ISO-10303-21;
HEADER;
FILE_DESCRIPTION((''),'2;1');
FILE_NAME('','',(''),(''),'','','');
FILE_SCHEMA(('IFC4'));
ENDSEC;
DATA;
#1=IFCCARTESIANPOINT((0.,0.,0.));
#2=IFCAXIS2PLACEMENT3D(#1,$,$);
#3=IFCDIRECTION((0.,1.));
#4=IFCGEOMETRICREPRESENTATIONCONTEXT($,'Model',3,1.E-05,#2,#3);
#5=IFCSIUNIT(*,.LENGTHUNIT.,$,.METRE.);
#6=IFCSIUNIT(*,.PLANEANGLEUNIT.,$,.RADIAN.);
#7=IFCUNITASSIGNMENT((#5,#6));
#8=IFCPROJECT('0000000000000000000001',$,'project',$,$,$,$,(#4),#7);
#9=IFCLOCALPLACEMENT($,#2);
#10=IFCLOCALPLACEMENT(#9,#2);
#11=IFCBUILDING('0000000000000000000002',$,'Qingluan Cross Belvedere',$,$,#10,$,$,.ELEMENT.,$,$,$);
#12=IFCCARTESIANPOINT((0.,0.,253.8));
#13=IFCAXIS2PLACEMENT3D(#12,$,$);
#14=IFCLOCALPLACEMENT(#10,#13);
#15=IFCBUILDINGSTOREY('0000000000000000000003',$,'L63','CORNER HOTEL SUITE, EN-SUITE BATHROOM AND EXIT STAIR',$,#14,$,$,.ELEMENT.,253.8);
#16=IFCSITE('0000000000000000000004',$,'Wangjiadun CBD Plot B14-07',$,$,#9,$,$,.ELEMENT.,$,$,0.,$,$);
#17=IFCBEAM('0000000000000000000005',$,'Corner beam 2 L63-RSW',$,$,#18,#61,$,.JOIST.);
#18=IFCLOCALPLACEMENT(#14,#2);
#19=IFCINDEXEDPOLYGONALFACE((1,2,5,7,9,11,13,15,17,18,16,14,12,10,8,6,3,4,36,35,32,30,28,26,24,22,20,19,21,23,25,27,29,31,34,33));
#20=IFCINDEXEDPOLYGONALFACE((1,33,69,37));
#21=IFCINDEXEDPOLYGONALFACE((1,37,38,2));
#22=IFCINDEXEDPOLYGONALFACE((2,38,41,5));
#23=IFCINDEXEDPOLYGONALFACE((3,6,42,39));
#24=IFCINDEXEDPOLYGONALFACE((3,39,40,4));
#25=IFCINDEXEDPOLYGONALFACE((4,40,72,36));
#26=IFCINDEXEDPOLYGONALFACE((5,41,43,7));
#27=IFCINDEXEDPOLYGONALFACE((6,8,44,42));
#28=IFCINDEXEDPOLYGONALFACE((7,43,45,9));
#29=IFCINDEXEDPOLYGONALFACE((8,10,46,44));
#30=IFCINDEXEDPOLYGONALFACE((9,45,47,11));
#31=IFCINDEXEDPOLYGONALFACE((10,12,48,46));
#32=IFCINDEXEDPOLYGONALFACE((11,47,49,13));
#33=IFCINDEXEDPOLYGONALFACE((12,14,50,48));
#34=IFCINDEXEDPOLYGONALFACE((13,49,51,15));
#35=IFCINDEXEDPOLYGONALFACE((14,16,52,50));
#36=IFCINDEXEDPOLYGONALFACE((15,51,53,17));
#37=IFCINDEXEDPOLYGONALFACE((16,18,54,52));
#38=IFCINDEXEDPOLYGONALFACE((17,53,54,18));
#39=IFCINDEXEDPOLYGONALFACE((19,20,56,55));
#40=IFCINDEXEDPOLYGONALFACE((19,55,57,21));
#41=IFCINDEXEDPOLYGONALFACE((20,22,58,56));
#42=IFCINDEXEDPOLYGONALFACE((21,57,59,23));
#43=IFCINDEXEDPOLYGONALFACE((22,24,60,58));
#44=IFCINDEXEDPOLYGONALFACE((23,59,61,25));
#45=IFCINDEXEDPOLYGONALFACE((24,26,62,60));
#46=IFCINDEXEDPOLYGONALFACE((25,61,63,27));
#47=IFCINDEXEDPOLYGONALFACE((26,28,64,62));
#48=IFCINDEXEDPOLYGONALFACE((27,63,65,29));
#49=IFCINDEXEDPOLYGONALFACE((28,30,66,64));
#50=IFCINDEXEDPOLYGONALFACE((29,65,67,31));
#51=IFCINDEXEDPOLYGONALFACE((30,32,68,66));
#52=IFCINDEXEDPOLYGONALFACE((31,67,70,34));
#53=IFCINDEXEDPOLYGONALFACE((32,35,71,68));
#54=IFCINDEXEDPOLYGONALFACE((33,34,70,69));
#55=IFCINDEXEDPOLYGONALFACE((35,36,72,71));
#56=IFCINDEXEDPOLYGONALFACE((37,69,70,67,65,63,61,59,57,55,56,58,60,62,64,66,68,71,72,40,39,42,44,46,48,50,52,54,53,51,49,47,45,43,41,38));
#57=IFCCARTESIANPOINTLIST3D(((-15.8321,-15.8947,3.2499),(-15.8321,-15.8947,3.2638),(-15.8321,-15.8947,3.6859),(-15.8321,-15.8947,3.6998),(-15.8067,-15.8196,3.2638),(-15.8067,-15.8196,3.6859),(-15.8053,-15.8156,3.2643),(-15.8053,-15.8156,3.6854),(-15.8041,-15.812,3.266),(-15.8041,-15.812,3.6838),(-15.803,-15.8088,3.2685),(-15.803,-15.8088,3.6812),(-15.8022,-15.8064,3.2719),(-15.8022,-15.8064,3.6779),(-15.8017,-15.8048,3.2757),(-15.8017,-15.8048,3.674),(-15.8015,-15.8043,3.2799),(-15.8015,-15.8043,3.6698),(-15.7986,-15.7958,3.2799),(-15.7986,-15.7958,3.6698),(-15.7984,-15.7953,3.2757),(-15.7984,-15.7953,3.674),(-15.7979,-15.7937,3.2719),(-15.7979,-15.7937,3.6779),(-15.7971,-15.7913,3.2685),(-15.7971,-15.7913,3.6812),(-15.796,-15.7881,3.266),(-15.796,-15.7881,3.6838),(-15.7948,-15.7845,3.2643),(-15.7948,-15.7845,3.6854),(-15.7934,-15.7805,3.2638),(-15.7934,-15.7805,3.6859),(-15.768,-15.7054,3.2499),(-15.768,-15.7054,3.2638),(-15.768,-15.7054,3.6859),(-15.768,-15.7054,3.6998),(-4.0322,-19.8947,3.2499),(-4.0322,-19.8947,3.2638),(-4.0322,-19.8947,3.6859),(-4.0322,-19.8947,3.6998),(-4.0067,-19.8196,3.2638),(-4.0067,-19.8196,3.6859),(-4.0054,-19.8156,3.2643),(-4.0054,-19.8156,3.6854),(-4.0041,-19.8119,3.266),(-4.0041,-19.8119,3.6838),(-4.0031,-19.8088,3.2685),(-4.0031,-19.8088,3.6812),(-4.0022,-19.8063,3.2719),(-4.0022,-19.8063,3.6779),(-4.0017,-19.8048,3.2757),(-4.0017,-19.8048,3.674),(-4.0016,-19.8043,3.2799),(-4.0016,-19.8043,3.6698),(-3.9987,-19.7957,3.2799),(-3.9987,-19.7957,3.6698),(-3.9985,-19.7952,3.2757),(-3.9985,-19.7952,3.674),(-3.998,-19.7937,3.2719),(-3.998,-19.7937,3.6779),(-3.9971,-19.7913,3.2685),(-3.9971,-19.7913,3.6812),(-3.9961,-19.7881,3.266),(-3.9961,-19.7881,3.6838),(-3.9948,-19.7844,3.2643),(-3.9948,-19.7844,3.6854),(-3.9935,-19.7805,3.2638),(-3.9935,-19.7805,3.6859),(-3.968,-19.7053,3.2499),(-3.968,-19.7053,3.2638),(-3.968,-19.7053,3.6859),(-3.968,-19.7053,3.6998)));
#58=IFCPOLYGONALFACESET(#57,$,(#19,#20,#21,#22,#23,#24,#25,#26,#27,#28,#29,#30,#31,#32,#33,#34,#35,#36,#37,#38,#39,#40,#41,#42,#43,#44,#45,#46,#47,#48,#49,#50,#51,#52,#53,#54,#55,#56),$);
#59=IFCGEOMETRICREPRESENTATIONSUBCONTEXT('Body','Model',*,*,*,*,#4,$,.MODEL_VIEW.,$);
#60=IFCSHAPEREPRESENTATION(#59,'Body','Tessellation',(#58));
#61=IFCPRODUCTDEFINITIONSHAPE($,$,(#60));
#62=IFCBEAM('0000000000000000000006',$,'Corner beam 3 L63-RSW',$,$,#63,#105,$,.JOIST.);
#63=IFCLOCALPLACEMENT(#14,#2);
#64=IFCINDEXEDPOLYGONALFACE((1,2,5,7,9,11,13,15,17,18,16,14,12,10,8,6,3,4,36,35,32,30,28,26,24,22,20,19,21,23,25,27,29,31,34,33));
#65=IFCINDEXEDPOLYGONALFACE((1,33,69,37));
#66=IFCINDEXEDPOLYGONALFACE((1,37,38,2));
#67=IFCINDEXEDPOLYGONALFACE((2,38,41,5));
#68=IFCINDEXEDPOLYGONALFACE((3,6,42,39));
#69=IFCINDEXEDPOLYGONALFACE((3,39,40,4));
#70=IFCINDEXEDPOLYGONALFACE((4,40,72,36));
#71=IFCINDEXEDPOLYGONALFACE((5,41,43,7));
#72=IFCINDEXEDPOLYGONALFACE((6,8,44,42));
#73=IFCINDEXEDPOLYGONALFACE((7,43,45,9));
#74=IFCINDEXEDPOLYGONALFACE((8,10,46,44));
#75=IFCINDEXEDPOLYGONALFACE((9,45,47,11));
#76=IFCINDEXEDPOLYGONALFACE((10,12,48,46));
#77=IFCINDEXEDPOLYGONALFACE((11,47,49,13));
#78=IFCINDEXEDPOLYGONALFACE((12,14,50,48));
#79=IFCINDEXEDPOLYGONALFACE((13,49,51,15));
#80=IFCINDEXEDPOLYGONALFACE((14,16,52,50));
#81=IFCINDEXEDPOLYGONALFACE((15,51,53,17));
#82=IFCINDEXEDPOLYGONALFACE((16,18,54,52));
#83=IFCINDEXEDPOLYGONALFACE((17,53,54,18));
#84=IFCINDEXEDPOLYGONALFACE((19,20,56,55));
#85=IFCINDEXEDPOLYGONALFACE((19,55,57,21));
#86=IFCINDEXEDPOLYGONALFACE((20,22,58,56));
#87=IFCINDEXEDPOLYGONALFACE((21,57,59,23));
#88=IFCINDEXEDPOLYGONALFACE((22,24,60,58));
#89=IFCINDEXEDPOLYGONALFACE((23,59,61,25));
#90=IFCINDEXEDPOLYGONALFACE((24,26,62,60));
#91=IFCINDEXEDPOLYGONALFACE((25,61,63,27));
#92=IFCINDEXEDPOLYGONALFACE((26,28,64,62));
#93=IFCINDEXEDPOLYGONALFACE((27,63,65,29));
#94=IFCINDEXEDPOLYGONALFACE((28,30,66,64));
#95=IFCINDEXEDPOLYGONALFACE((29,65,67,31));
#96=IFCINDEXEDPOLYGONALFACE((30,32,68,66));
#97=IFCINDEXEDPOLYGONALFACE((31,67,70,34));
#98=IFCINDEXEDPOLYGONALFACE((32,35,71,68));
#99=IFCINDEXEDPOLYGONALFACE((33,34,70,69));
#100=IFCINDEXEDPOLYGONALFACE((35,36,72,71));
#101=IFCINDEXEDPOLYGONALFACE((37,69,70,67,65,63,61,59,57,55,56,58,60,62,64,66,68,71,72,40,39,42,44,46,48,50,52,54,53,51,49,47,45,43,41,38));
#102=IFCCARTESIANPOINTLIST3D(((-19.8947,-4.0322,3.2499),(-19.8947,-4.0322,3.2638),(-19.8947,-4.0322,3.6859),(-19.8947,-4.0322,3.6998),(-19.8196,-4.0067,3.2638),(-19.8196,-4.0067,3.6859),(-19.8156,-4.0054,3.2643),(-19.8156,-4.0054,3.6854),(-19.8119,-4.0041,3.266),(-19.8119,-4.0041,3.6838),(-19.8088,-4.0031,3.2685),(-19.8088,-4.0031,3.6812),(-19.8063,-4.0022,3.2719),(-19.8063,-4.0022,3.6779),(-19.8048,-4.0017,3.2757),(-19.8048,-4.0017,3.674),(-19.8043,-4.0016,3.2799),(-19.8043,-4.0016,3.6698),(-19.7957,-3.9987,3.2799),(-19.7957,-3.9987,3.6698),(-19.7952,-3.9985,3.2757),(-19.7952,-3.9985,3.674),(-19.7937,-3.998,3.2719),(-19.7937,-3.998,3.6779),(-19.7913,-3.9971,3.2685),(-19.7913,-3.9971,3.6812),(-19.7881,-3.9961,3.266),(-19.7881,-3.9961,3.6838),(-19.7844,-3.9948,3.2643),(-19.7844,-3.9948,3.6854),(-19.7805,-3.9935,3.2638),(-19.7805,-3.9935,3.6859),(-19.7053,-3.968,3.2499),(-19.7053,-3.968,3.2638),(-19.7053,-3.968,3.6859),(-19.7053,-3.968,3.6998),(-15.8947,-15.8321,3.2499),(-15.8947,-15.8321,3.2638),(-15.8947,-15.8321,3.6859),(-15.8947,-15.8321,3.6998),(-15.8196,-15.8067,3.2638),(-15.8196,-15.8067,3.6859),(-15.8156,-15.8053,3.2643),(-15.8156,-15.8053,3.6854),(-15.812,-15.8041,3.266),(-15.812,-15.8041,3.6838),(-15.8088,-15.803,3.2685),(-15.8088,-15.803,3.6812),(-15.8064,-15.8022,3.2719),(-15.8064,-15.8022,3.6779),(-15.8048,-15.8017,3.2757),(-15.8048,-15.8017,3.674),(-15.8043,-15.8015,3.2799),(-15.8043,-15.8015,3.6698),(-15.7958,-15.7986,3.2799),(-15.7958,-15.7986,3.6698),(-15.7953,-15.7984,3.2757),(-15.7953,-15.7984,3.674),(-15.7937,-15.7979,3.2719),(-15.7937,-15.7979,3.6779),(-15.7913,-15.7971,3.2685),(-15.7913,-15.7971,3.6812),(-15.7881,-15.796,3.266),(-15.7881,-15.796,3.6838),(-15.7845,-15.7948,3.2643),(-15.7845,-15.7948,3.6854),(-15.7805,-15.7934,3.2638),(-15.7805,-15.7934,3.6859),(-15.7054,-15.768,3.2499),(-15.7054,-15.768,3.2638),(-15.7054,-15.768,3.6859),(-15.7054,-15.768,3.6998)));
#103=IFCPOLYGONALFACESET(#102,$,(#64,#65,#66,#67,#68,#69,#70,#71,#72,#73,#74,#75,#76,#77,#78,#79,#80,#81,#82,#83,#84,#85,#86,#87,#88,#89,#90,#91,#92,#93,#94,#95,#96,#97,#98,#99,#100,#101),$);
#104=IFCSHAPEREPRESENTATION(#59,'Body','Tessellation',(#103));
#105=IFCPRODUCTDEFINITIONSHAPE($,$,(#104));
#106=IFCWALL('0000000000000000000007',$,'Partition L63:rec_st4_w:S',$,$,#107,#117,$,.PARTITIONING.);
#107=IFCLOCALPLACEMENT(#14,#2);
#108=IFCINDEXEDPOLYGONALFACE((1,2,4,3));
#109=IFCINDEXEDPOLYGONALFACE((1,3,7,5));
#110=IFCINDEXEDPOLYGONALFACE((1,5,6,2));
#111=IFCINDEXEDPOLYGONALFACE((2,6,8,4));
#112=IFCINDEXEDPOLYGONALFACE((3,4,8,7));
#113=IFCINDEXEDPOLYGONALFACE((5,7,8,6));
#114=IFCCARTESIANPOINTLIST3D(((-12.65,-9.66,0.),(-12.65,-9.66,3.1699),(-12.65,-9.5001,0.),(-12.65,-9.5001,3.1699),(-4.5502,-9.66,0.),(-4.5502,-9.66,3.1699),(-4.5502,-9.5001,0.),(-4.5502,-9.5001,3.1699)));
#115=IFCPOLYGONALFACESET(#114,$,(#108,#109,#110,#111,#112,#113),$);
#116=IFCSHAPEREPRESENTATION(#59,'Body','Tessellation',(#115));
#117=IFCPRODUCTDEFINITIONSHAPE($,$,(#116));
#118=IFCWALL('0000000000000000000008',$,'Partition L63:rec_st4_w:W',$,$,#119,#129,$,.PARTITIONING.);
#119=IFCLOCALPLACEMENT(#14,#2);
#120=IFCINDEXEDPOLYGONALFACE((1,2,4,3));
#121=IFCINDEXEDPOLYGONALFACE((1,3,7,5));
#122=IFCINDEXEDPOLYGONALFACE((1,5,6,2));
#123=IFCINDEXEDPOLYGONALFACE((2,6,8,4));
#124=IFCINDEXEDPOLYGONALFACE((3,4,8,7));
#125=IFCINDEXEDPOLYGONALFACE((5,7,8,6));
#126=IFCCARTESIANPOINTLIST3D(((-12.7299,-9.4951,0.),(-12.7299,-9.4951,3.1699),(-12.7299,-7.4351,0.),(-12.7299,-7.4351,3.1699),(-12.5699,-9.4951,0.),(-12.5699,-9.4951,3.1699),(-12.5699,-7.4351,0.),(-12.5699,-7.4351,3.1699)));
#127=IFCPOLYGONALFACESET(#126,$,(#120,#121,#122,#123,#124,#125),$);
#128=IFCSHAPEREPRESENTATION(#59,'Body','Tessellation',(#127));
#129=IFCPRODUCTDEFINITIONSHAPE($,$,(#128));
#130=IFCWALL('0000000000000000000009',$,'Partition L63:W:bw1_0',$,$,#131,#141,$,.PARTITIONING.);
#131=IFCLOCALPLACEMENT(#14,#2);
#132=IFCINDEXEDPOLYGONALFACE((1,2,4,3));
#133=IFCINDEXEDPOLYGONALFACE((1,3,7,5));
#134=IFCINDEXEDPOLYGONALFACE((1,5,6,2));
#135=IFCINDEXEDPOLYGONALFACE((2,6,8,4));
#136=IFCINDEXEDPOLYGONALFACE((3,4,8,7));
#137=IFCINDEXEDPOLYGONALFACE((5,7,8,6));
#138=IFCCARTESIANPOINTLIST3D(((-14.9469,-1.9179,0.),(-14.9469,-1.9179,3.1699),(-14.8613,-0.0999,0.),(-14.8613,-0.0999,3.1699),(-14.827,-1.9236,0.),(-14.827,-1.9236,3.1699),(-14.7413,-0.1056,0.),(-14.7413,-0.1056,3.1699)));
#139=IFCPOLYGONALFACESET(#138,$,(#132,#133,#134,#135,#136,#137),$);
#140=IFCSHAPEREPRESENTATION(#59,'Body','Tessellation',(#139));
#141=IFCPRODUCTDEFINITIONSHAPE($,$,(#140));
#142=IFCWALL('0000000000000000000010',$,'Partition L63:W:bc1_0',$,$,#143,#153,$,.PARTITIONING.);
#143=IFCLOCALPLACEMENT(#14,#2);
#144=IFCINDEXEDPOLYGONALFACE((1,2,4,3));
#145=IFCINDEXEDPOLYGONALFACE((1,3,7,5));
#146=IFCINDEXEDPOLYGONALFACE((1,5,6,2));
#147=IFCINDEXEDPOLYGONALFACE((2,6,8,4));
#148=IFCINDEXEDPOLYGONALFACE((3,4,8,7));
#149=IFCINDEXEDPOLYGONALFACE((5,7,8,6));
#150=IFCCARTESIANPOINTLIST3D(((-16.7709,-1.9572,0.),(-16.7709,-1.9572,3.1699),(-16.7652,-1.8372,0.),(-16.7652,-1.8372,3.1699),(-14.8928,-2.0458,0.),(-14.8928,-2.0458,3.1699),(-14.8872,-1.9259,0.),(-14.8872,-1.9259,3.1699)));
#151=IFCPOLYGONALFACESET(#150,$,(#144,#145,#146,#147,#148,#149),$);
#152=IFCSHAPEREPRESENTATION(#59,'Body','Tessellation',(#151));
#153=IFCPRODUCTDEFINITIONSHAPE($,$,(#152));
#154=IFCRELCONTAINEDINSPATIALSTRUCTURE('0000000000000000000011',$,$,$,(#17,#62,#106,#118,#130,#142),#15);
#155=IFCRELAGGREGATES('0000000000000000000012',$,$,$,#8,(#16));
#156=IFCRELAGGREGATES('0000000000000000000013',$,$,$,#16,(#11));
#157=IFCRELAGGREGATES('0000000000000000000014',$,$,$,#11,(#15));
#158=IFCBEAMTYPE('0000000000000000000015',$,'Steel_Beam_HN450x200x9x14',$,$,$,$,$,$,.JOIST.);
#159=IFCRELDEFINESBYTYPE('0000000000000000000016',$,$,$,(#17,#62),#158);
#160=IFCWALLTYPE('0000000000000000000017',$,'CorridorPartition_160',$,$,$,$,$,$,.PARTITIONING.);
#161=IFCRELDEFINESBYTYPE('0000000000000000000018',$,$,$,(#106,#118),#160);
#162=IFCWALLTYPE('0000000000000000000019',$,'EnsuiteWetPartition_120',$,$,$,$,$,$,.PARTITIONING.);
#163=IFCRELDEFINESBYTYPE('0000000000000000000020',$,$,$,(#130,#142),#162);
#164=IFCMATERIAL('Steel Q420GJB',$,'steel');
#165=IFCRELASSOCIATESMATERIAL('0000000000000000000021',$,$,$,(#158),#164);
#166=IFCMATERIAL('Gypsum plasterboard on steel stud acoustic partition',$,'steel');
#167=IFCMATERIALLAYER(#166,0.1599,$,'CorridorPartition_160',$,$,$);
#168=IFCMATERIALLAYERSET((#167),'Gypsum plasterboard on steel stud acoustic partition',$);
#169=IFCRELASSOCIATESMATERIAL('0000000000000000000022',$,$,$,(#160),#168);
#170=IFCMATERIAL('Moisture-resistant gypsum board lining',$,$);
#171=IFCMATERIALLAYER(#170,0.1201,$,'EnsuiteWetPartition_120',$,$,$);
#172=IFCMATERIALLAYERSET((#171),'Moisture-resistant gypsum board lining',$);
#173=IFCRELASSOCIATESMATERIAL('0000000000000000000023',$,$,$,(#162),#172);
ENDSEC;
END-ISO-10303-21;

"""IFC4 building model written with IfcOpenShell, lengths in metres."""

from ifc_helpers import new_model, si_unit, direction, frame, frame_2d, origin, origin_2d, place, context, subcontext, project, spatial, rectangle, i_section, extrude, material, layer, layer_set, material_profile, profile_set, type_object, element, save


model = new_model("IFC4")

# Units and contexts
model_context = context("Model", 3, precision=1e-05, world=origin(), true_north=direction((0.0, 1.0)))
body_context = subcontext(model_context, "Body", "Model", "MODEL_VIEW")
ifc_project = project(units=[si_unit("LENGTHUNIT", "METRE"), si_unit("PLANEANGLEUNIT", "RADIAN")], contexts=[model_context])

# Site, building, storey
site_placement = place(None, origin())
site = spatial("IfcSite", under=ifc_project, at=site_placement, Name="Wangjiadun CBD Plot B14-07", CompositionType="ELEMENT", RefElevation=0.0)
building_placement = place(site_placement, origin())
building = spatial("IfcBuilding", under=site, at=building_placement, Name="Qingluan Cross Belvedere", CompositionType="ELEMENT")
storey_placement = place(building_placement, frame((0.0, 0.0, 253.8)))
storey = spatial("IfcBuildingStorey", under=building, at=storey_placement, Name="L63", Description="CORNER HOTEL SUITE, EN-SUITE BATHROOM AND EXIT STAIR", CompositionType="ELEMENT", Elevation=253.8)

# Beams
ifc_material_1 = material(Name="Steel Q420GJB", Category="steel")
ifc_material_profile_1 = material_profile(ifc_material_1, i_section(OverallWidth=0.2, OverallDepth=0.45, WebThickness=0.009, FlangeThickness=0.0139, FilletRadius=0.0161, at=origin_2d()), Name="HN450x200x9x14")
ifc_profile_set_1 = profile_set([ifc_material_profile_1], Name="Steel Q420GJB")
beam_type_1 = type_object("IfcBeamType", Name="Steel_Beam_HN450x200x9x14", PredefinedType="JOIST", material=ifc_profile_set_1)
for number, where, z_axis, x_axis, name in (
    (1, (-15.8, -15.8, 3.4749), (0.947066, -0.321038, 0.0), (0.321038, 0.947066, 0.0), "Corner beam 2 L63-RSW"),
    (2, (-15.8, -15.8, 3.4749), (-0.321038, 0.947066, 0.0), (-0.947066, -0.321038, 0.0), "Corner beam 3 L63-RSW"),
):
    element("IfcBeam", number, at=place(storey_placement, frame(where, z_axis=z_axis, x_axis=x_axis)), inside=storey, type_object=beam_type_1, Name=name, PredefinedType="JOIST", context=body_context, shape_type="SweptSolid", body=[
        extrude(i_section(OverallWidth=0.2, OverallDepth=0.45, WebThickness=0.009, FlangeThickness=0.0139, FilletRadius=0.0161, at=origin_2d()), origin(), (0.0, 0.0, 1.0), 12.4595),
    ])

# Walls
ifc_material_2 = material(Name="Gypsum plasterboard on steel stud acoustic partition", Category="steel")
ifc_layer_1 = layer(ifc_material_2, 0.1599, Name="CorridorPartition_160")
ifc_layer_set_1 = layer_set([ifc_layer_1], Name="Gypsum plasterboard on steel stud acoustic partition")
wall_type_1 = type_object("IfcWallType", Name="CorridorPartition_160", PredefinedType="PARTITIONING", material=ifc_layer_set_1)
wall_1_placement = place(storey_placement, frame((-12.6499, -9.5801, 0.0), z_axis=(0.0, 0.0, 1.0), x_axis=(1.0, 0.0, 0.0)))
element("IfcWall", 3, at=wall_1_placement, inside=storey, type_object=wall_type_1, Name="Partition L63:rec_st4_w:S", PredefinedType="PARTITIONING", context=body_context, shape_type="SweptSolid", body=[
    extrude(rectangle(XDim=8.0999, YDim=0.1599, at=frame_2d((4.0498, 0.0))), origin(), (0.0, 0.0, 1.0), 3.1699),
])
wall_2_placement = place(storey_placement, frame((-12.6499, -9.4951, 0.0), z_axis=(0.0, 0.0, 1.0), x_axis=(0.0, 1.0, 0.0)))
element("IfcWall", 4, at=wall_2_placement, inside=storey, type_object=wall_type_1, Name="Partition L63:rec_st4_w:W", PredefinedType="PARTITIONING", context=body_context, shape_type="SweptSolid", body=[
    extrude(rectangle(XDim=2.0601, YDim=0.1599, at=frame_2d((1.03, 0.0))), origin(), (0.0, 0.0, 1.0), 3.1699),
])
ifc_material_3 = material(Name="Moisture-resistant gypsum board lining")
ifc_layer_2 = layer(ifc_material_3, 0.1201, Name="EnsuiteWetPartition_120")
ifc_layer_set_2 = layer_set([ifc_layer_2], Name="Moisture-resistant gypsum board lining")
wall_type_2 = type_object("IfcWallType", Name="EnsuiteWetPartition_120", PredefinedType="PARTITIONING", material=ifc_layer_set_2)
wall_3_placement = place(storey_placement, frame((-14.887, -1.9209, 0.0), z_axis=(0.0, 0.0, 1.0), x_axis=(0.047081, 0.998891, 0.0)))
element("IfcWall", 5, at=wall_3_placement, inside=storey, type_object=wall_type_2, Name="Partition L63:W:bw1_0", PredefinedType="PARTITIONING", context=body_context, shape_type="SweptSolid", body=[
    extrude(rectangle(XDim=1.8201, YDim=0.1201, at=frame_2d((0.9102, 0.0))), origin(), (0.0, 0.0, 1.0), 3.1699),
])
wall_4_placement = place(storey_placement, frame((-14.8901, -1.9858, 0.0), z_axis=(0.0, 0.0, 1.0), x_axis=(-0.998888, 0.047139, 0.0)))
element("IfcWall", 6, at=wall_4_placement, inside=storey, type_object=wall_type_2, Name="Partition L63:W:bc1_0", PredefinedType="PARTITIONING", context=body_context, shape_type="SweptSolid", body=[
    extrude(rectangle(XDim=1.8801, YDim=0.1201, at=frame_2d((0.9399, 0.0))), origin(), (0.0, 0.0, 1.0), 3.1699),
])

save(model, "model.ifc")
